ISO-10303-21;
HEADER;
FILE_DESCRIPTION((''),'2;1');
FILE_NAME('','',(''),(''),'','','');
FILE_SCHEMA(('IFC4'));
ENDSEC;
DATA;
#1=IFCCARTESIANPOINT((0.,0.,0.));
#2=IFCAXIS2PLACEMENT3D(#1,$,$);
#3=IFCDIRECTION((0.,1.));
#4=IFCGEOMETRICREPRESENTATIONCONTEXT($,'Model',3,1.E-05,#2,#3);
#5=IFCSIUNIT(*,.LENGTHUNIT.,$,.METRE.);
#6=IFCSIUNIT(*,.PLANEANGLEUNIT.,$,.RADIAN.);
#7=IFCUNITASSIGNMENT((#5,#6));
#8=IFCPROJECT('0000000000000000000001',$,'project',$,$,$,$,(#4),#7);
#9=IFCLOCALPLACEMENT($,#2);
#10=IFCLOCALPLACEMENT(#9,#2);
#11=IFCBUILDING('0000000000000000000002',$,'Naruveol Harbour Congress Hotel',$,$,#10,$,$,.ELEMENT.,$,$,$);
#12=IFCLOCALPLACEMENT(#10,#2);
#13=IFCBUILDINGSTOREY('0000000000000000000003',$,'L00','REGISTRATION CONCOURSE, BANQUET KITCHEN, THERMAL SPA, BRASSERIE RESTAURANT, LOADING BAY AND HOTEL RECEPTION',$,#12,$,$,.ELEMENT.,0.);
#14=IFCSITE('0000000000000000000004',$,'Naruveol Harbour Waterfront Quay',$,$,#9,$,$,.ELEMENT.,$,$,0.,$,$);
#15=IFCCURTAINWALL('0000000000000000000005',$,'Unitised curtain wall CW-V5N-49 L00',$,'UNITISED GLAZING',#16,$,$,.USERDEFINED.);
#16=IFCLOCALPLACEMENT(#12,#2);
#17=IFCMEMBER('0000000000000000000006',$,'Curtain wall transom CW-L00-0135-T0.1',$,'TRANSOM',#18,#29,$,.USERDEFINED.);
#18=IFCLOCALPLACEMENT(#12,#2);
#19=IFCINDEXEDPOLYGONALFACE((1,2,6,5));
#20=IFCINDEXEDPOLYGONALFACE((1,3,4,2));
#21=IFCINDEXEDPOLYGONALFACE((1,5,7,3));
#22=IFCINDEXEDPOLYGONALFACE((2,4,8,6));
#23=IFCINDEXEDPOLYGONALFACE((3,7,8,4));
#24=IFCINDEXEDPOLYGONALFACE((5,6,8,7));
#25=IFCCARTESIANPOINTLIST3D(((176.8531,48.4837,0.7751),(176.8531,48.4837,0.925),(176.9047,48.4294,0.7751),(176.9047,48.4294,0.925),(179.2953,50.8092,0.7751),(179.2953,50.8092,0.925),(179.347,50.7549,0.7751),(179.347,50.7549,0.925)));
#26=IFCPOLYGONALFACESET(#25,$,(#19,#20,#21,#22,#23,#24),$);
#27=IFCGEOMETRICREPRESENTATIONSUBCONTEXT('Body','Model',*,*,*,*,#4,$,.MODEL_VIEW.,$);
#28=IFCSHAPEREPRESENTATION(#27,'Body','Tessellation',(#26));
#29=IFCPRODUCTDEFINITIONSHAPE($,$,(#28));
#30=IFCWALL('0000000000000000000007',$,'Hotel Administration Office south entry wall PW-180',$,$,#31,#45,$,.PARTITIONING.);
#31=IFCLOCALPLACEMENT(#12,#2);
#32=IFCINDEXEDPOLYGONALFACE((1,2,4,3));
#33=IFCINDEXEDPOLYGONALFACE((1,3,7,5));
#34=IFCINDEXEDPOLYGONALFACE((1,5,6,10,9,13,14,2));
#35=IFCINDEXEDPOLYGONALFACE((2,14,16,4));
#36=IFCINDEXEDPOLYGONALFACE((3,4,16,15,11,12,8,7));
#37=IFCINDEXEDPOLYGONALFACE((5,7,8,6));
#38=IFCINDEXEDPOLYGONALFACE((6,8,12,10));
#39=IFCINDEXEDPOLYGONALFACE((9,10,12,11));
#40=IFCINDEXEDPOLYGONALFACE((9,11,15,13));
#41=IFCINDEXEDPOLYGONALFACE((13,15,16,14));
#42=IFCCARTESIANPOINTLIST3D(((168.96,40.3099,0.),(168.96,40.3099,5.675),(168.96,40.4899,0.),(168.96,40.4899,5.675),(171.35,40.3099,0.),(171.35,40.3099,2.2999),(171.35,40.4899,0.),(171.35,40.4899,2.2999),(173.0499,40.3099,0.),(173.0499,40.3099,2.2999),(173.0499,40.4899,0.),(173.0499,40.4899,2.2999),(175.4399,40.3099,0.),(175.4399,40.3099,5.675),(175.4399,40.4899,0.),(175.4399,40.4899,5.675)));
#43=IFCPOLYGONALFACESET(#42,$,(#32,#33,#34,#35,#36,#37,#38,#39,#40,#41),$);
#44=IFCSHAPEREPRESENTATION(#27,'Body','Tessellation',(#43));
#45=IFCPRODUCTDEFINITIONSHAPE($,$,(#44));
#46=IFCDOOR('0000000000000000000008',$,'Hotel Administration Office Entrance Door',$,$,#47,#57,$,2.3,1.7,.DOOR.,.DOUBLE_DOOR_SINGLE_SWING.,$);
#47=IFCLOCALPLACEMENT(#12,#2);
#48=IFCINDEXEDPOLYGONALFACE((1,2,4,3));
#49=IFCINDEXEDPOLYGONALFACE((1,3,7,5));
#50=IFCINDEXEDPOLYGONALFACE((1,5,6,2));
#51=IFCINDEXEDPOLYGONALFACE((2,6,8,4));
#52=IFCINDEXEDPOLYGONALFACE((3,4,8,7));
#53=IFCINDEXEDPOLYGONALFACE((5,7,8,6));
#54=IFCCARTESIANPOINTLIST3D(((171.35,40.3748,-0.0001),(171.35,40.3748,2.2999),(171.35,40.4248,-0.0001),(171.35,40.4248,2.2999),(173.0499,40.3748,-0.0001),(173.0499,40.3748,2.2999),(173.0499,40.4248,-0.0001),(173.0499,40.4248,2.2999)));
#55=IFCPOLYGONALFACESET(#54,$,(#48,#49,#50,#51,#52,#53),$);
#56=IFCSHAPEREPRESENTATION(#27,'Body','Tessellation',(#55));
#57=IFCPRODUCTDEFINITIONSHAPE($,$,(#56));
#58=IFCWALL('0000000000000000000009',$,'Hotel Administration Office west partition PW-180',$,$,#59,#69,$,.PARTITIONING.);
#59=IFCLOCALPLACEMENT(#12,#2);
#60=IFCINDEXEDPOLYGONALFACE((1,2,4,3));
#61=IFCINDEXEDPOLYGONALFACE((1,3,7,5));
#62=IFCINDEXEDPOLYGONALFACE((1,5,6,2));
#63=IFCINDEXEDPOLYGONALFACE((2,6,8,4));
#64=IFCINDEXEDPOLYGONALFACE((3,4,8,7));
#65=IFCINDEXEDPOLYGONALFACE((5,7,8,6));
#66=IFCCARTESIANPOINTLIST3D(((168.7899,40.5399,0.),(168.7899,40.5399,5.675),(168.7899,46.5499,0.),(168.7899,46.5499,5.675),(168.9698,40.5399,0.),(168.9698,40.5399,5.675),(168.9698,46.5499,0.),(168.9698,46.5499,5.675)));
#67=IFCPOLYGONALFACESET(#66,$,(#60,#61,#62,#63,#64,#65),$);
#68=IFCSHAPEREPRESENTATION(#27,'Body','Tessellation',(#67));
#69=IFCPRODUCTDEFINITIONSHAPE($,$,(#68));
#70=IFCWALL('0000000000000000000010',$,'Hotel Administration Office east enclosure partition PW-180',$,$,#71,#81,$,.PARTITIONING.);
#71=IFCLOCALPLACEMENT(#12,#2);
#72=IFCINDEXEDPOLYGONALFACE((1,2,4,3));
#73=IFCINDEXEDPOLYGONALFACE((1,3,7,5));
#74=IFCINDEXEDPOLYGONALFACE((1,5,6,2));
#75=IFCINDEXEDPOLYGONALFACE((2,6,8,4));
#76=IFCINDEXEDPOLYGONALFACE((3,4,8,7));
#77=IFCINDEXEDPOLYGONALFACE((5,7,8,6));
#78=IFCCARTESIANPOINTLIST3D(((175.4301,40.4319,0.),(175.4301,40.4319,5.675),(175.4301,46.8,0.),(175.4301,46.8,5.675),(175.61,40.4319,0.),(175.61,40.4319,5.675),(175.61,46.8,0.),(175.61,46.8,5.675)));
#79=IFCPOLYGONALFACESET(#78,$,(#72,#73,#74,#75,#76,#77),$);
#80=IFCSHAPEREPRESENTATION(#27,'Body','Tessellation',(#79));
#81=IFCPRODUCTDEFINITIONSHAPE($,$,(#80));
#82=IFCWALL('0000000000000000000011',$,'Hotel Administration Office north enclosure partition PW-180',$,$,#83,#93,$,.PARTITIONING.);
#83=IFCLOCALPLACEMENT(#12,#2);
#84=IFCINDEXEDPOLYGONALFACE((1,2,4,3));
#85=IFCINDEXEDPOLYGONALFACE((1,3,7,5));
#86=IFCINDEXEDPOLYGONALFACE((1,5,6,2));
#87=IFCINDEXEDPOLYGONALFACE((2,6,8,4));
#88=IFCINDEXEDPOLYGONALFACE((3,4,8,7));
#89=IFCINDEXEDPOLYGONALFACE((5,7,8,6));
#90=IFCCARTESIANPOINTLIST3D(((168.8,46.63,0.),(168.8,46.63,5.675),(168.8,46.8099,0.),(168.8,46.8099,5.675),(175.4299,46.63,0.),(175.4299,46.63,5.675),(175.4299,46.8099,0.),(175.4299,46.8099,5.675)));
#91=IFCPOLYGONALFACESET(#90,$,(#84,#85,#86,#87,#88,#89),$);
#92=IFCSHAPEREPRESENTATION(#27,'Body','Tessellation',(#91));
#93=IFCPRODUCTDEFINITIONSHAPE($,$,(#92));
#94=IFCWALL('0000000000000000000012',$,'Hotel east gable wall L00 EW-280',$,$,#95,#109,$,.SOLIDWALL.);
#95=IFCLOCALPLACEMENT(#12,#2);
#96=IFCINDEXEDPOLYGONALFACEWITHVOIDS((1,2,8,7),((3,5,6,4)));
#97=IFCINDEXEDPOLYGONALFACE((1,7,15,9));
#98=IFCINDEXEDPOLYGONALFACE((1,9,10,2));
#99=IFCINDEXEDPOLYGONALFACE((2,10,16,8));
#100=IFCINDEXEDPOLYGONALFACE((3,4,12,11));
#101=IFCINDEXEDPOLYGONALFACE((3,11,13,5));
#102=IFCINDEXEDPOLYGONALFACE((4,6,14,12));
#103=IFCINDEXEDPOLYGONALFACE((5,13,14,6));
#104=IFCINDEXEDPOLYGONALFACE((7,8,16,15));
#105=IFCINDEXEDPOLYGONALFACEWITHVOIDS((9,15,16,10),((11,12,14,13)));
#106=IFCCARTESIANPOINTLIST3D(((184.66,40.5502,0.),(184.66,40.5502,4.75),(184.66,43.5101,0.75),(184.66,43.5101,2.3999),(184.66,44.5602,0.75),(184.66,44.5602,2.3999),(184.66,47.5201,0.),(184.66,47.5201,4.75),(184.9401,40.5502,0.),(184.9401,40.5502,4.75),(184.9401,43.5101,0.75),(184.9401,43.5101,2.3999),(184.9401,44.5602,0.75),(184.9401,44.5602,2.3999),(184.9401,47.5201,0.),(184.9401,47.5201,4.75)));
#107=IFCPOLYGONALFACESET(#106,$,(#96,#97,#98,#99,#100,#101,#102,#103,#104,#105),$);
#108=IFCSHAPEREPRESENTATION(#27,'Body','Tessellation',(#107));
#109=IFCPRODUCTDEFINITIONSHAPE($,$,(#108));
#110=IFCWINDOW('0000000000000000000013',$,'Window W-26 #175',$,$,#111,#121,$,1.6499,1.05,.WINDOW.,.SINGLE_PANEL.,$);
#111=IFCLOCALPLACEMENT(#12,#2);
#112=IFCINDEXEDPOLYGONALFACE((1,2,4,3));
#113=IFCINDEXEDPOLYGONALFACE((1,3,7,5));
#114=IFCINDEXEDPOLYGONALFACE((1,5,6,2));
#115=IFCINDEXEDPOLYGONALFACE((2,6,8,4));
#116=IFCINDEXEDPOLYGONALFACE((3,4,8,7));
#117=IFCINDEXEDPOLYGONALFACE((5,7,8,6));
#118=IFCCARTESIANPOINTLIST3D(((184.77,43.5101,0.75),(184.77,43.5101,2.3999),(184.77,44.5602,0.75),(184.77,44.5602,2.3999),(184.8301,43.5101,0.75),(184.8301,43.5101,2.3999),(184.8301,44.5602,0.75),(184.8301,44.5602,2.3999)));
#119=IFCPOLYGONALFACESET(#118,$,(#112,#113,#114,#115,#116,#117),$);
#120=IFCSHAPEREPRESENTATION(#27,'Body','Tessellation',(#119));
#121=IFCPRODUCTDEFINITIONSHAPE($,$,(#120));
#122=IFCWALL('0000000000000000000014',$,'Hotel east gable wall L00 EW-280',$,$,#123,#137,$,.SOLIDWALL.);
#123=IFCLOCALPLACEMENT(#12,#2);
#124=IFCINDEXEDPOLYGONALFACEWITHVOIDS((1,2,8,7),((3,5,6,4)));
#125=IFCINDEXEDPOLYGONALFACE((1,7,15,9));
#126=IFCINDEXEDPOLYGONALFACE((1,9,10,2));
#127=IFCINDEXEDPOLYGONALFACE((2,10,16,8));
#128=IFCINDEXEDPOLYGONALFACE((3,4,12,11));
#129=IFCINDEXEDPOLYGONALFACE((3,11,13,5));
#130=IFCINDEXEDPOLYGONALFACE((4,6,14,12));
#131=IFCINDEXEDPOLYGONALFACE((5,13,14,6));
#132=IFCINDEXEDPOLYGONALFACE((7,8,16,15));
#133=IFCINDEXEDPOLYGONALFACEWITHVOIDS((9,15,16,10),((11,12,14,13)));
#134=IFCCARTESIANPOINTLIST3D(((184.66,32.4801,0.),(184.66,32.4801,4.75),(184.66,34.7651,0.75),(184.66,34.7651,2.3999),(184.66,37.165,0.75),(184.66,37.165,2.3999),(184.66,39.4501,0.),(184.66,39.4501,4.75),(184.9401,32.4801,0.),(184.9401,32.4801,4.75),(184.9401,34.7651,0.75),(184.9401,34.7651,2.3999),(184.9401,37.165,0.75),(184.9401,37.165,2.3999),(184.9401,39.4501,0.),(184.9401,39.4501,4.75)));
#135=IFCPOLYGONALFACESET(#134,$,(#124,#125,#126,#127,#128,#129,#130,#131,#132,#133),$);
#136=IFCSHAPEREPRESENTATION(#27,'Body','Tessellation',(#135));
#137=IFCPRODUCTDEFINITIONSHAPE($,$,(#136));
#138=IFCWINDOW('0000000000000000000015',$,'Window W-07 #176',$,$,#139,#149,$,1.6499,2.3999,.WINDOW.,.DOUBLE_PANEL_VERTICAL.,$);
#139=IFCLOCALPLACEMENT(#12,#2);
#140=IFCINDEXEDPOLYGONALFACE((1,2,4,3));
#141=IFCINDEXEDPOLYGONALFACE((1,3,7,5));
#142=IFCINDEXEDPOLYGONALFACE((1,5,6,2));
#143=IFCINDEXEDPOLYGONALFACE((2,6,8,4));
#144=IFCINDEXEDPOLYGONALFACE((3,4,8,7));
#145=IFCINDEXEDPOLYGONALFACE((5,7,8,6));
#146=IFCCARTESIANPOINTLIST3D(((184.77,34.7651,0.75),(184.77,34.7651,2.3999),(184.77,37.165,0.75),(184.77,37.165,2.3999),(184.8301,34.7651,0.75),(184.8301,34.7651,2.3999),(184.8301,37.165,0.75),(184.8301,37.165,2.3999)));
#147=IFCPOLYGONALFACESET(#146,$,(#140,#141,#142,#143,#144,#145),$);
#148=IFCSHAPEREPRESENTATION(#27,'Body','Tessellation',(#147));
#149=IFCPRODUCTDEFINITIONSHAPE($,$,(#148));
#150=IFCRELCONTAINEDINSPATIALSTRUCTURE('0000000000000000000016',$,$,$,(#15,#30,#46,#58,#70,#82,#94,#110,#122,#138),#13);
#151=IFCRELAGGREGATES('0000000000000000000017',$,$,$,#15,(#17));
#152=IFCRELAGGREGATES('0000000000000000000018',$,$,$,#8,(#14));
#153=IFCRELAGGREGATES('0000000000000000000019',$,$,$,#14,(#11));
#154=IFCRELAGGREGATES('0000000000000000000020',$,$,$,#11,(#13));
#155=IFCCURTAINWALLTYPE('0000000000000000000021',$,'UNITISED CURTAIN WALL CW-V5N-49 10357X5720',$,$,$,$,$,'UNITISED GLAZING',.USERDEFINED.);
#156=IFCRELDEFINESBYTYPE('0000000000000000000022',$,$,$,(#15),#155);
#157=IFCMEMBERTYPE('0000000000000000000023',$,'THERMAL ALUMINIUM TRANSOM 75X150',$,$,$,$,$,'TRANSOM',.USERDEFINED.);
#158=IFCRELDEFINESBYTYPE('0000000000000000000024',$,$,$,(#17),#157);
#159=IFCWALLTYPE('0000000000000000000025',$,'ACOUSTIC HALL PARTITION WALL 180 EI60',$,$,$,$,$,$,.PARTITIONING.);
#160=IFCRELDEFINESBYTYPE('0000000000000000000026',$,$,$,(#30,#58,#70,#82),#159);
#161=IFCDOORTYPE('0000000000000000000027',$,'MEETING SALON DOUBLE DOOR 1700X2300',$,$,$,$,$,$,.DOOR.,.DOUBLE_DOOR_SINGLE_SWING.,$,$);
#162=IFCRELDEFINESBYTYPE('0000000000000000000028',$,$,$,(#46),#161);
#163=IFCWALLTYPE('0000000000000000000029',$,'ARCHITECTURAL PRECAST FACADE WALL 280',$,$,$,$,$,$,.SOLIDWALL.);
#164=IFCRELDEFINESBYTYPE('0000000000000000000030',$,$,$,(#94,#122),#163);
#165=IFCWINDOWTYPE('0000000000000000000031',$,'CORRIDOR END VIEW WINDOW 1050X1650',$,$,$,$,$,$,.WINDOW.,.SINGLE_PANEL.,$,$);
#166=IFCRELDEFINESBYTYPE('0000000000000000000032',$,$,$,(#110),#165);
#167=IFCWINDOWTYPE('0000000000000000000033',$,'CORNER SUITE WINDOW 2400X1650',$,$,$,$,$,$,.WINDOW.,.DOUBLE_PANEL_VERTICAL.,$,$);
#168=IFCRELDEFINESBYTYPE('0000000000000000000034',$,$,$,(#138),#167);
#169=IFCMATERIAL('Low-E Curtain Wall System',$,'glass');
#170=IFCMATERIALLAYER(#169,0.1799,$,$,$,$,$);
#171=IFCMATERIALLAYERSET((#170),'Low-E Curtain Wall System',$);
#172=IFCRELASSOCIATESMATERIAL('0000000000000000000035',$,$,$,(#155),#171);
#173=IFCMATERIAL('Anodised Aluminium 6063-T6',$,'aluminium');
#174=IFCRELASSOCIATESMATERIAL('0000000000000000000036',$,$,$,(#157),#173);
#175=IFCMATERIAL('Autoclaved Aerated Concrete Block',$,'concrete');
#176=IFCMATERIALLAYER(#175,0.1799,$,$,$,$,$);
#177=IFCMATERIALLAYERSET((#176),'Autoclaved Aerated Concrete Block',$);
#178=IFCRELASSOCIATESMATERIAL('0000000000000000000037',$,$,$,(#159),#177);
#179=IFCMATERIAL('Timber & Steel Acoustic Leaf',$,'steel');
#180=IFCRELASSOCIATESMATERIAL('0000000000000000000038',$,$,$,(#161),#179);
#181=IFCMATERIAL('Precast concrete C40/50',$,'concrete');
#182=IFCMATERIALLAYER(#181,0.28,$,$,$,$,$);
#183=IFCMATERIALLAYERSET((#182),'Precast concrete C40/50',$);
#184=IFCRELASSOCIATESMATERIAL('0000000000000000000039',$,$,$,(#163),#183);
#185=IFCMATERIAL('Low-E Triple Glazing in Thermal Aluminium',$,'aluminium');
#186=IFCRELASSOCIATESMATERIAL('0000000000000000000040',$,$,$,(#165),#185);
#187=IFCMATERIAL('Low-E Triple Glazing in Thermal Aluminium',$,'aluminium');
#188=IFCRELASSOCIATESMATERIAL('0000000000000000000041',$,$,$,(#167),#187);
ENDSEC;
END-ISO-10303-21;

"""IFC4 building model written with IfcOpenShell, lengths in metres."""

from ifc_helpers import new_model, si_unit, direction, frame, frame_2d, origin, origin_2d, place, context, subcontext, project, spatial, rectangle, extrude, material, layer, layer_set, material_profile, profile_set, type_object, element, fill, aggregate, save


model = new_model("IFC4")

# Units and contexts
model_context = context("Model", 3, precision=1e-05, world=origin(), true_north=direction((0.0, 1.0)))
body_context = subcontext(model_context, "Body", "Model", "MODEL_VIEW")
ifc_project = project(units=[si_unit("LENGTHUNIT", "METRE"), si_unit("PLANEANGLEUNIT", "RADIAN")], contexts=[model_context])

# Site, building, storey
site_placement = place(None, origin())
site = spatial("IfcSite", under=ifc_project, at=site_placement, Name="Naruveol Harbour Waterfront Quay", CompositionType="ELEMENT", RefElevation=0.0)
building_placement = place(site_placement, origin())
building = spatial("IfcBuilding", under=site, at=building_placement, Name="Naruveol Harbour Congress Hotel", CompositionType="ELEMENT")
storey_placement = place(building_placement, origin())
storey = spatial("IfcBuildingStorey", under=building, at=storey_placement, Name="L00", Description="REGISTRATION CONCOURSE, BANQUET KITCHEN, THERMAL SPA, BRASSERIE RESTAURANT, LOADING BAY AND HOTEL RECEPTION", CompositionType="ELEMENT", Elevation=0.0)

# Curtain wall, member
ifc_material_1 = material(Name="Low-E Curtain Wall System", Category="glass")
ifc_layer_1 = layer(ifc_material_1, 0.1799)
ifc_layer_set_1 = layer_set([ifc_layer_1], Name="Low-E Curtain Wall System")
curtain_wall_type = type_object("IfcCurtainWallType", Name="UNITISED CURTAIN WALL CW-V5N-49 10357X5720", ElementType="UNITISED GLAZING", PredefinedType="USERDEFINED", material=ifc_layer_set_1)
curtain_wall_placement = place(storey_placement, origin())
curtain_wall = element("IfcCurtainWall", 1, at=curtain_wall_placement, inside=storey, type_object=curtain_wall_type, Name="Unitised curtain wall CW-V5N-49 L00", ObjectType="UNITISED GLAZING", PredefinedType="USERDEFINED")
ifc_material_2 = material(Name="Anodised Aluminium 6063-T6", Category="aluminium")
ifc_material_profile_1 = material_profile(ifc_material_2, rectangle(XDim=0.075, YDim=0.1499, at=origin_2d()), Name="ALU-75x150")
ifc_profile_set_1 = profile_set([ifc_material_profile_1], Name="Anodised Aluminium 6063-T6")
member_type_1 = type_object("IfcMemberType", Name="THERMAL ALUMINIUM TRANSOM 75X150", ElementType="TRANSOM", PredefinedType="USERDEFINED", material=ifc_profile_set_1)
member_1_placement = place(storey_placement, frame((176.8789, 48.4565, 0.8501), z_axis=(0.724198, 0.689592, 0.0), x_axis=(-0.689592, 0.724198, 0.0)))
member_1 = element("IfcMember", 2, at=member_1_placement, type_object=member_type_1, Name="Curtain wall transom CW-L00-0135-T0.1", ObjectType="TRANSOM", PredefinedType="USERDEFINED", context=body_context, shape_type="SweptSolid", body=[
    extrude(rectangle(XDim=0.075, YDim=0.1499, at=origin_2d()), origin(), (0.0, 0.0, 1.0), 3.3723),
])
aggregate(curtain_wall, [member_1])

# Wall, opening, door
ifc_material_3 = material(Name="Autoclaved Aerated Concrete Block", Category="concrete")
ifc_layer_2 = layer(ifc_material_3, 0.1799)
ifc_layer_set_2 = layer_set([ifc_layer_2], Name="Autoclaved Aerated Concrete Block")
wall_type_1 = type_object("IfcWallType", Name="ACOUSTIC HALL PARTITION WALL 180 EI60", PredefinedType="PARTITIONING", material=ifc_layer_set_2)
wall_1_placement = place(storey_placement, frame((168.96, 40.3999, 0.0), z_axis=(0.0, 0.0, 1.0), x_axis=(1.0, 0.0, 0.0)))
wall_1 = element("IfcWall", 3, at=wall_1_placement, inside=storey, type_object=wall_type_1, Name="Hotel Administration Office south entry wall PW-180", PredefinedType="PARTITIONING", context=body_context, shape_type="SweptSolid", body=[
    extrude(rectangle(XDim=6.48, YDim=0.1799, at=frame_2d((3.24, 0.0))), origin(), (0.0, 0.0, 1.0), 5.675),
])
opening_1_placement = place(wall_1_placement, frame((2.3899, 0.0, 0.0)))
opening_1 = element("IfcOpeningElement", 4, at=opening_1_placement, cuts=wall_1, PredefinedType="OPENING", context=body_context, shape_type="SweptSolid", body=[
    extrude(rectangle(XDim=1.7, YDim=2.3, at=frame_2d((0.8501, 1.1499))), frame((0.0, 0.0999, 0.0), z_axis=(0.0, -1.0, 0.0), x_axis=(1.0, 0.0, 0.0)), (0.0, 0.0, 1.0), 0.2),
])
ifc_material_4 = material(Name="Timber & Steel Acoustic Leaf", Category="steel")
door_type_1 = type_object("IfcDoorType", Name="MEETING SALON DOUBLE DOOR 1700X2300", OperationType="DOUBLE_DOOR_SINGLE_SWING", PredefinedType="DOOR", material=ifc_material_4)
door_1_placement = place(opening_1_placement, origin())
door_1 = element("IfcDoor", 5, at=door_1_placement, inside=storey, type_object=door_type_1, Name="Hotel Administration Office Entrance Door", OperationType="DOUBLE_DOOR_SINGLE_SWING", OverallHeight=2.3, OverallWidth=1.7, PredefinedType="DOOR", context=body_context, shape_type="SweptSolid", body=[
    extrude(rectangle(XDim=1.7, YDim=2.3, at=frame_2d((0.8501, 1.1499))), frame((0.0, 0.0249, 0.0), z_axis=(0.0, -1.0, 0.0), x_axis=(1.0, 0.0, 0.0)), (0.0, 0.0, 1.0), 0.05),
])
fill(opening_1, door_1)

# Walls
wall_2_placement = place(storey_placement, frame((168.8799, 40.54, 0.0), z_axis=(0.0, 0.0, 1.0), x_axis=(0.0, 1.0, 0.0)))
element("IfcWall", 6, at=wall_2_placement, inside=storey, type_object=wall_type_1, Name="Hotel Administration Office west partition PW-180", PredefinedType="PARTITIONING", context=body_context, shape_type="SweptSolid", body=[
    extrude(rectangle(XDim=6.01, YDim=0.1799, at=frame_2d((3.0049, 0.0))), origin(), (0.0, 0.0, 1.0), 5.675),
])
wall_3_placement = place(storey_placement, frame((175.52, 40.4319, 0.0), z_axis=(0.0, 0.0, 1.0), x_axis=(0.0, 1.0, 0.0)))
element("IfcWall", 7, at=wall_3_placement, inside=storey, type_object=wall_type_1, Name="Hotel Administration Office east enclosure partition PW-180", PredefinedType="PARTITIONING", context=body_context, shape_type="SweptSolid", body=[
    extrude(rectangle(XDim=6.3682, YDim=0.1799, at=frame_2d((3.1841, 0.0))), origin(), (0.0, 0.0, 1.0), 5.675),
])
wall_4_placement = place(storey_placement, frame((168.8, 46.72, 0.0), z_axis=(0.0, 0.0, 1.0), x_axis=(1.0, 0.0, 0.0)))
element("IfcWall", 8, at=wall_4_placement, inside=storey, type_object=wall_type_1, Name="Hotel Administration Office north enclosure partition PW-180", PredefinedType="PARTITIONING", context=body_context, shape_type="SweptSolid", body=[
    extrude(rectangle(XDim=6.6299, YDim=0.1799, at=frame_2d((3.3149, 0.0))), origin(), (0.0, 0.0, 1.0), 5.675),
])

# Walls, openings, windows
ifc_material_5 = material(Name="Precast concrete C40/50", Category="concrete")
ifc_layer_3 = layer(ifc_material_5, 0.28)
ifc_layer_set_3 = layer_set([ifc_layer_3], Name="Precast concrete C40/50")
wall_type_2 = type_object("IfcWallType", Name="ARCHITECTURAL PRECAST FACADE WALL 280", PredefinedType="SOLIDWALL", material=ifc_layer_set_3)
wall_5_placement = place(storey_placement, frame((184.8, 47.52, 0.0), z_axis=(0.0, 0.0, 1.0), x_axis=(0.0, -1.0, 0.0)))
wall_5 = element("IfcWall", 9, at=wall_5_placement, inside=storey, type_object=wall_type_2, Name="Hotel east gable wall L00 EW-280", PredefinedType="SOLIDWALL", context=body_context, shape_type="SweptSolid", body=[
    extrude(rectangle(XDim=6.97, YDim=0.28, at=frame_2d((3.4849, 0.0))), origin(), (0.0, 0.0, 1.0), 4.75),
])
opening_2_placement = place(wall_5_placement, frame((2.96, 0.0, 0.75)))
opening_2 = element("IfcOpeningElement", 10, at=opening_2_placement, cuts=wall_5, PredefinedType="OPENING", context=body_context, shape_type="SweptSolid", body=[
    extrude(rectangle(XDim=1.05, YDim=1.6499, at=frame_2d((0.5249, 0.825))), frame((0.0, 0.1499, 0.0), z_axis=(0.0, -1.0, 0.0), x_axis=(1.0, 0.0, 0.0)), (0.0, 0.0, 1.0), 0.3),
])
ifc_material_6 = material(Name="Low-E Triple Glazing in Thermal Aluminium", Category="aluminium")
window_type_1 = type_object("IfcWindowType", Name="CORRIDOR END VIEW WINDOW 1050X1650", PartitioningType="SINGLE_PANEL", PredefinedType="WINDOW", material=ifc_material_6)
window_1_placement = place(opening_2_placement, origin())
window_1 = element("IfcWindow", 11, at=window_1_placement, inside=storey, type_object=window_type_1, Name="Window W-26 #175", OverallHeight=1.6499, OverallWidth=1.05, PartitioningType="SINGLE_PANEL", PredefinedType="WINDOW", context=body_context, shape_type="SweptSolid", body=[
    extrude(rectangle(XDim=1.05, YDim=1.6499, at=frame_2d((0.5249, 0.825))), frame((0.0, 0.03, 0.0), z_axis=(0.0, -1.0, 0.0), x_axis=(1.0, 0.0, 0.0)), (0.0, 0.0, 1.0), 0.0601),
])
fill(opening_2, window_1)
wall_6_placement = place(storey_placement, frame((184.8, 39.45, 0.0), z_axis=(0.0, 0.0, 1.0), x_axis=(0.0, -1.0, 0.0)))
wall_6 = element("IfcWall", 12, at=wall_6_placement, inside=storey, type_object=wall_type_2, Name="Hotel east gable wall L00 EW-280", PredefinedType="SOLIDWALL", context=body_context, shape_type="SweptSolid", body=[
    extrude(rectangle(XDim=6.97, YDim=0.28, at=frame_2d((3.4849, 0.0))), origin(), (0.0, 0.0, 1.0), 4.75),
])
opening_3_placement = place(wall_6_placement, frame((2.2849, 0.0, 0.75)))
opening_3 = element("IfcOpeningElement", 13, at=opening_3_placement, cuts=wall_6, PredefinedType="OPENING", context=body_context, shape_type="SweptSolid", body=[
    extrude(rectangle(XDim=2.3999, YDim=1.6499, at=frame_2d((1.2, 0.825))), frame((0.0, 0.1499, 0.0), z_axis=(0.0, -1.0, 0.0), x_axis=(1.0, 0.0, 0.0)), (0.0, 0.0, 1.0), 0.3),
])
ifc_material_7 = material(Name="Low-E Triple Glazing in Thermal Aluminium", Category="aluminium")
window_type_2 = type_object("IfcWindowType", Name="CORNER SUITE WINDOW 2400X1650", PartitioningType="DOUBLE_PANEL_VERTICAL", PredefinedType="WINDOW", material=ifc_material_7)
window_2_placement = place(opening_3_placement, origin())
window_2 = element("IfcWindow", 14, at=window_2_placement, inside=storey, type_object=window_type_2, Name="Window W-07 #176", OverallHeight=1.6499, OverallWidth=2.3999, PartitioningType="DOUBLE_PANEL_VERTICAL", PredefinedType="WINDOW", context=body_context, shape_type="SweptSolid", body=[
    extrude(rectangle(XDim=2.3999, YDim=1.6499, at=frame_2d((1.2, 0.825))), frame((0.0, 0.03, 0.0), z_axis=(0.0, -1.0, 0.0), x_axis=(1.0, 0.0, 0.0)), (0.0, 0.0, 1.0), 0.0601),
])
fill(opening_3, window_2)

save(model, "model.ifc")
